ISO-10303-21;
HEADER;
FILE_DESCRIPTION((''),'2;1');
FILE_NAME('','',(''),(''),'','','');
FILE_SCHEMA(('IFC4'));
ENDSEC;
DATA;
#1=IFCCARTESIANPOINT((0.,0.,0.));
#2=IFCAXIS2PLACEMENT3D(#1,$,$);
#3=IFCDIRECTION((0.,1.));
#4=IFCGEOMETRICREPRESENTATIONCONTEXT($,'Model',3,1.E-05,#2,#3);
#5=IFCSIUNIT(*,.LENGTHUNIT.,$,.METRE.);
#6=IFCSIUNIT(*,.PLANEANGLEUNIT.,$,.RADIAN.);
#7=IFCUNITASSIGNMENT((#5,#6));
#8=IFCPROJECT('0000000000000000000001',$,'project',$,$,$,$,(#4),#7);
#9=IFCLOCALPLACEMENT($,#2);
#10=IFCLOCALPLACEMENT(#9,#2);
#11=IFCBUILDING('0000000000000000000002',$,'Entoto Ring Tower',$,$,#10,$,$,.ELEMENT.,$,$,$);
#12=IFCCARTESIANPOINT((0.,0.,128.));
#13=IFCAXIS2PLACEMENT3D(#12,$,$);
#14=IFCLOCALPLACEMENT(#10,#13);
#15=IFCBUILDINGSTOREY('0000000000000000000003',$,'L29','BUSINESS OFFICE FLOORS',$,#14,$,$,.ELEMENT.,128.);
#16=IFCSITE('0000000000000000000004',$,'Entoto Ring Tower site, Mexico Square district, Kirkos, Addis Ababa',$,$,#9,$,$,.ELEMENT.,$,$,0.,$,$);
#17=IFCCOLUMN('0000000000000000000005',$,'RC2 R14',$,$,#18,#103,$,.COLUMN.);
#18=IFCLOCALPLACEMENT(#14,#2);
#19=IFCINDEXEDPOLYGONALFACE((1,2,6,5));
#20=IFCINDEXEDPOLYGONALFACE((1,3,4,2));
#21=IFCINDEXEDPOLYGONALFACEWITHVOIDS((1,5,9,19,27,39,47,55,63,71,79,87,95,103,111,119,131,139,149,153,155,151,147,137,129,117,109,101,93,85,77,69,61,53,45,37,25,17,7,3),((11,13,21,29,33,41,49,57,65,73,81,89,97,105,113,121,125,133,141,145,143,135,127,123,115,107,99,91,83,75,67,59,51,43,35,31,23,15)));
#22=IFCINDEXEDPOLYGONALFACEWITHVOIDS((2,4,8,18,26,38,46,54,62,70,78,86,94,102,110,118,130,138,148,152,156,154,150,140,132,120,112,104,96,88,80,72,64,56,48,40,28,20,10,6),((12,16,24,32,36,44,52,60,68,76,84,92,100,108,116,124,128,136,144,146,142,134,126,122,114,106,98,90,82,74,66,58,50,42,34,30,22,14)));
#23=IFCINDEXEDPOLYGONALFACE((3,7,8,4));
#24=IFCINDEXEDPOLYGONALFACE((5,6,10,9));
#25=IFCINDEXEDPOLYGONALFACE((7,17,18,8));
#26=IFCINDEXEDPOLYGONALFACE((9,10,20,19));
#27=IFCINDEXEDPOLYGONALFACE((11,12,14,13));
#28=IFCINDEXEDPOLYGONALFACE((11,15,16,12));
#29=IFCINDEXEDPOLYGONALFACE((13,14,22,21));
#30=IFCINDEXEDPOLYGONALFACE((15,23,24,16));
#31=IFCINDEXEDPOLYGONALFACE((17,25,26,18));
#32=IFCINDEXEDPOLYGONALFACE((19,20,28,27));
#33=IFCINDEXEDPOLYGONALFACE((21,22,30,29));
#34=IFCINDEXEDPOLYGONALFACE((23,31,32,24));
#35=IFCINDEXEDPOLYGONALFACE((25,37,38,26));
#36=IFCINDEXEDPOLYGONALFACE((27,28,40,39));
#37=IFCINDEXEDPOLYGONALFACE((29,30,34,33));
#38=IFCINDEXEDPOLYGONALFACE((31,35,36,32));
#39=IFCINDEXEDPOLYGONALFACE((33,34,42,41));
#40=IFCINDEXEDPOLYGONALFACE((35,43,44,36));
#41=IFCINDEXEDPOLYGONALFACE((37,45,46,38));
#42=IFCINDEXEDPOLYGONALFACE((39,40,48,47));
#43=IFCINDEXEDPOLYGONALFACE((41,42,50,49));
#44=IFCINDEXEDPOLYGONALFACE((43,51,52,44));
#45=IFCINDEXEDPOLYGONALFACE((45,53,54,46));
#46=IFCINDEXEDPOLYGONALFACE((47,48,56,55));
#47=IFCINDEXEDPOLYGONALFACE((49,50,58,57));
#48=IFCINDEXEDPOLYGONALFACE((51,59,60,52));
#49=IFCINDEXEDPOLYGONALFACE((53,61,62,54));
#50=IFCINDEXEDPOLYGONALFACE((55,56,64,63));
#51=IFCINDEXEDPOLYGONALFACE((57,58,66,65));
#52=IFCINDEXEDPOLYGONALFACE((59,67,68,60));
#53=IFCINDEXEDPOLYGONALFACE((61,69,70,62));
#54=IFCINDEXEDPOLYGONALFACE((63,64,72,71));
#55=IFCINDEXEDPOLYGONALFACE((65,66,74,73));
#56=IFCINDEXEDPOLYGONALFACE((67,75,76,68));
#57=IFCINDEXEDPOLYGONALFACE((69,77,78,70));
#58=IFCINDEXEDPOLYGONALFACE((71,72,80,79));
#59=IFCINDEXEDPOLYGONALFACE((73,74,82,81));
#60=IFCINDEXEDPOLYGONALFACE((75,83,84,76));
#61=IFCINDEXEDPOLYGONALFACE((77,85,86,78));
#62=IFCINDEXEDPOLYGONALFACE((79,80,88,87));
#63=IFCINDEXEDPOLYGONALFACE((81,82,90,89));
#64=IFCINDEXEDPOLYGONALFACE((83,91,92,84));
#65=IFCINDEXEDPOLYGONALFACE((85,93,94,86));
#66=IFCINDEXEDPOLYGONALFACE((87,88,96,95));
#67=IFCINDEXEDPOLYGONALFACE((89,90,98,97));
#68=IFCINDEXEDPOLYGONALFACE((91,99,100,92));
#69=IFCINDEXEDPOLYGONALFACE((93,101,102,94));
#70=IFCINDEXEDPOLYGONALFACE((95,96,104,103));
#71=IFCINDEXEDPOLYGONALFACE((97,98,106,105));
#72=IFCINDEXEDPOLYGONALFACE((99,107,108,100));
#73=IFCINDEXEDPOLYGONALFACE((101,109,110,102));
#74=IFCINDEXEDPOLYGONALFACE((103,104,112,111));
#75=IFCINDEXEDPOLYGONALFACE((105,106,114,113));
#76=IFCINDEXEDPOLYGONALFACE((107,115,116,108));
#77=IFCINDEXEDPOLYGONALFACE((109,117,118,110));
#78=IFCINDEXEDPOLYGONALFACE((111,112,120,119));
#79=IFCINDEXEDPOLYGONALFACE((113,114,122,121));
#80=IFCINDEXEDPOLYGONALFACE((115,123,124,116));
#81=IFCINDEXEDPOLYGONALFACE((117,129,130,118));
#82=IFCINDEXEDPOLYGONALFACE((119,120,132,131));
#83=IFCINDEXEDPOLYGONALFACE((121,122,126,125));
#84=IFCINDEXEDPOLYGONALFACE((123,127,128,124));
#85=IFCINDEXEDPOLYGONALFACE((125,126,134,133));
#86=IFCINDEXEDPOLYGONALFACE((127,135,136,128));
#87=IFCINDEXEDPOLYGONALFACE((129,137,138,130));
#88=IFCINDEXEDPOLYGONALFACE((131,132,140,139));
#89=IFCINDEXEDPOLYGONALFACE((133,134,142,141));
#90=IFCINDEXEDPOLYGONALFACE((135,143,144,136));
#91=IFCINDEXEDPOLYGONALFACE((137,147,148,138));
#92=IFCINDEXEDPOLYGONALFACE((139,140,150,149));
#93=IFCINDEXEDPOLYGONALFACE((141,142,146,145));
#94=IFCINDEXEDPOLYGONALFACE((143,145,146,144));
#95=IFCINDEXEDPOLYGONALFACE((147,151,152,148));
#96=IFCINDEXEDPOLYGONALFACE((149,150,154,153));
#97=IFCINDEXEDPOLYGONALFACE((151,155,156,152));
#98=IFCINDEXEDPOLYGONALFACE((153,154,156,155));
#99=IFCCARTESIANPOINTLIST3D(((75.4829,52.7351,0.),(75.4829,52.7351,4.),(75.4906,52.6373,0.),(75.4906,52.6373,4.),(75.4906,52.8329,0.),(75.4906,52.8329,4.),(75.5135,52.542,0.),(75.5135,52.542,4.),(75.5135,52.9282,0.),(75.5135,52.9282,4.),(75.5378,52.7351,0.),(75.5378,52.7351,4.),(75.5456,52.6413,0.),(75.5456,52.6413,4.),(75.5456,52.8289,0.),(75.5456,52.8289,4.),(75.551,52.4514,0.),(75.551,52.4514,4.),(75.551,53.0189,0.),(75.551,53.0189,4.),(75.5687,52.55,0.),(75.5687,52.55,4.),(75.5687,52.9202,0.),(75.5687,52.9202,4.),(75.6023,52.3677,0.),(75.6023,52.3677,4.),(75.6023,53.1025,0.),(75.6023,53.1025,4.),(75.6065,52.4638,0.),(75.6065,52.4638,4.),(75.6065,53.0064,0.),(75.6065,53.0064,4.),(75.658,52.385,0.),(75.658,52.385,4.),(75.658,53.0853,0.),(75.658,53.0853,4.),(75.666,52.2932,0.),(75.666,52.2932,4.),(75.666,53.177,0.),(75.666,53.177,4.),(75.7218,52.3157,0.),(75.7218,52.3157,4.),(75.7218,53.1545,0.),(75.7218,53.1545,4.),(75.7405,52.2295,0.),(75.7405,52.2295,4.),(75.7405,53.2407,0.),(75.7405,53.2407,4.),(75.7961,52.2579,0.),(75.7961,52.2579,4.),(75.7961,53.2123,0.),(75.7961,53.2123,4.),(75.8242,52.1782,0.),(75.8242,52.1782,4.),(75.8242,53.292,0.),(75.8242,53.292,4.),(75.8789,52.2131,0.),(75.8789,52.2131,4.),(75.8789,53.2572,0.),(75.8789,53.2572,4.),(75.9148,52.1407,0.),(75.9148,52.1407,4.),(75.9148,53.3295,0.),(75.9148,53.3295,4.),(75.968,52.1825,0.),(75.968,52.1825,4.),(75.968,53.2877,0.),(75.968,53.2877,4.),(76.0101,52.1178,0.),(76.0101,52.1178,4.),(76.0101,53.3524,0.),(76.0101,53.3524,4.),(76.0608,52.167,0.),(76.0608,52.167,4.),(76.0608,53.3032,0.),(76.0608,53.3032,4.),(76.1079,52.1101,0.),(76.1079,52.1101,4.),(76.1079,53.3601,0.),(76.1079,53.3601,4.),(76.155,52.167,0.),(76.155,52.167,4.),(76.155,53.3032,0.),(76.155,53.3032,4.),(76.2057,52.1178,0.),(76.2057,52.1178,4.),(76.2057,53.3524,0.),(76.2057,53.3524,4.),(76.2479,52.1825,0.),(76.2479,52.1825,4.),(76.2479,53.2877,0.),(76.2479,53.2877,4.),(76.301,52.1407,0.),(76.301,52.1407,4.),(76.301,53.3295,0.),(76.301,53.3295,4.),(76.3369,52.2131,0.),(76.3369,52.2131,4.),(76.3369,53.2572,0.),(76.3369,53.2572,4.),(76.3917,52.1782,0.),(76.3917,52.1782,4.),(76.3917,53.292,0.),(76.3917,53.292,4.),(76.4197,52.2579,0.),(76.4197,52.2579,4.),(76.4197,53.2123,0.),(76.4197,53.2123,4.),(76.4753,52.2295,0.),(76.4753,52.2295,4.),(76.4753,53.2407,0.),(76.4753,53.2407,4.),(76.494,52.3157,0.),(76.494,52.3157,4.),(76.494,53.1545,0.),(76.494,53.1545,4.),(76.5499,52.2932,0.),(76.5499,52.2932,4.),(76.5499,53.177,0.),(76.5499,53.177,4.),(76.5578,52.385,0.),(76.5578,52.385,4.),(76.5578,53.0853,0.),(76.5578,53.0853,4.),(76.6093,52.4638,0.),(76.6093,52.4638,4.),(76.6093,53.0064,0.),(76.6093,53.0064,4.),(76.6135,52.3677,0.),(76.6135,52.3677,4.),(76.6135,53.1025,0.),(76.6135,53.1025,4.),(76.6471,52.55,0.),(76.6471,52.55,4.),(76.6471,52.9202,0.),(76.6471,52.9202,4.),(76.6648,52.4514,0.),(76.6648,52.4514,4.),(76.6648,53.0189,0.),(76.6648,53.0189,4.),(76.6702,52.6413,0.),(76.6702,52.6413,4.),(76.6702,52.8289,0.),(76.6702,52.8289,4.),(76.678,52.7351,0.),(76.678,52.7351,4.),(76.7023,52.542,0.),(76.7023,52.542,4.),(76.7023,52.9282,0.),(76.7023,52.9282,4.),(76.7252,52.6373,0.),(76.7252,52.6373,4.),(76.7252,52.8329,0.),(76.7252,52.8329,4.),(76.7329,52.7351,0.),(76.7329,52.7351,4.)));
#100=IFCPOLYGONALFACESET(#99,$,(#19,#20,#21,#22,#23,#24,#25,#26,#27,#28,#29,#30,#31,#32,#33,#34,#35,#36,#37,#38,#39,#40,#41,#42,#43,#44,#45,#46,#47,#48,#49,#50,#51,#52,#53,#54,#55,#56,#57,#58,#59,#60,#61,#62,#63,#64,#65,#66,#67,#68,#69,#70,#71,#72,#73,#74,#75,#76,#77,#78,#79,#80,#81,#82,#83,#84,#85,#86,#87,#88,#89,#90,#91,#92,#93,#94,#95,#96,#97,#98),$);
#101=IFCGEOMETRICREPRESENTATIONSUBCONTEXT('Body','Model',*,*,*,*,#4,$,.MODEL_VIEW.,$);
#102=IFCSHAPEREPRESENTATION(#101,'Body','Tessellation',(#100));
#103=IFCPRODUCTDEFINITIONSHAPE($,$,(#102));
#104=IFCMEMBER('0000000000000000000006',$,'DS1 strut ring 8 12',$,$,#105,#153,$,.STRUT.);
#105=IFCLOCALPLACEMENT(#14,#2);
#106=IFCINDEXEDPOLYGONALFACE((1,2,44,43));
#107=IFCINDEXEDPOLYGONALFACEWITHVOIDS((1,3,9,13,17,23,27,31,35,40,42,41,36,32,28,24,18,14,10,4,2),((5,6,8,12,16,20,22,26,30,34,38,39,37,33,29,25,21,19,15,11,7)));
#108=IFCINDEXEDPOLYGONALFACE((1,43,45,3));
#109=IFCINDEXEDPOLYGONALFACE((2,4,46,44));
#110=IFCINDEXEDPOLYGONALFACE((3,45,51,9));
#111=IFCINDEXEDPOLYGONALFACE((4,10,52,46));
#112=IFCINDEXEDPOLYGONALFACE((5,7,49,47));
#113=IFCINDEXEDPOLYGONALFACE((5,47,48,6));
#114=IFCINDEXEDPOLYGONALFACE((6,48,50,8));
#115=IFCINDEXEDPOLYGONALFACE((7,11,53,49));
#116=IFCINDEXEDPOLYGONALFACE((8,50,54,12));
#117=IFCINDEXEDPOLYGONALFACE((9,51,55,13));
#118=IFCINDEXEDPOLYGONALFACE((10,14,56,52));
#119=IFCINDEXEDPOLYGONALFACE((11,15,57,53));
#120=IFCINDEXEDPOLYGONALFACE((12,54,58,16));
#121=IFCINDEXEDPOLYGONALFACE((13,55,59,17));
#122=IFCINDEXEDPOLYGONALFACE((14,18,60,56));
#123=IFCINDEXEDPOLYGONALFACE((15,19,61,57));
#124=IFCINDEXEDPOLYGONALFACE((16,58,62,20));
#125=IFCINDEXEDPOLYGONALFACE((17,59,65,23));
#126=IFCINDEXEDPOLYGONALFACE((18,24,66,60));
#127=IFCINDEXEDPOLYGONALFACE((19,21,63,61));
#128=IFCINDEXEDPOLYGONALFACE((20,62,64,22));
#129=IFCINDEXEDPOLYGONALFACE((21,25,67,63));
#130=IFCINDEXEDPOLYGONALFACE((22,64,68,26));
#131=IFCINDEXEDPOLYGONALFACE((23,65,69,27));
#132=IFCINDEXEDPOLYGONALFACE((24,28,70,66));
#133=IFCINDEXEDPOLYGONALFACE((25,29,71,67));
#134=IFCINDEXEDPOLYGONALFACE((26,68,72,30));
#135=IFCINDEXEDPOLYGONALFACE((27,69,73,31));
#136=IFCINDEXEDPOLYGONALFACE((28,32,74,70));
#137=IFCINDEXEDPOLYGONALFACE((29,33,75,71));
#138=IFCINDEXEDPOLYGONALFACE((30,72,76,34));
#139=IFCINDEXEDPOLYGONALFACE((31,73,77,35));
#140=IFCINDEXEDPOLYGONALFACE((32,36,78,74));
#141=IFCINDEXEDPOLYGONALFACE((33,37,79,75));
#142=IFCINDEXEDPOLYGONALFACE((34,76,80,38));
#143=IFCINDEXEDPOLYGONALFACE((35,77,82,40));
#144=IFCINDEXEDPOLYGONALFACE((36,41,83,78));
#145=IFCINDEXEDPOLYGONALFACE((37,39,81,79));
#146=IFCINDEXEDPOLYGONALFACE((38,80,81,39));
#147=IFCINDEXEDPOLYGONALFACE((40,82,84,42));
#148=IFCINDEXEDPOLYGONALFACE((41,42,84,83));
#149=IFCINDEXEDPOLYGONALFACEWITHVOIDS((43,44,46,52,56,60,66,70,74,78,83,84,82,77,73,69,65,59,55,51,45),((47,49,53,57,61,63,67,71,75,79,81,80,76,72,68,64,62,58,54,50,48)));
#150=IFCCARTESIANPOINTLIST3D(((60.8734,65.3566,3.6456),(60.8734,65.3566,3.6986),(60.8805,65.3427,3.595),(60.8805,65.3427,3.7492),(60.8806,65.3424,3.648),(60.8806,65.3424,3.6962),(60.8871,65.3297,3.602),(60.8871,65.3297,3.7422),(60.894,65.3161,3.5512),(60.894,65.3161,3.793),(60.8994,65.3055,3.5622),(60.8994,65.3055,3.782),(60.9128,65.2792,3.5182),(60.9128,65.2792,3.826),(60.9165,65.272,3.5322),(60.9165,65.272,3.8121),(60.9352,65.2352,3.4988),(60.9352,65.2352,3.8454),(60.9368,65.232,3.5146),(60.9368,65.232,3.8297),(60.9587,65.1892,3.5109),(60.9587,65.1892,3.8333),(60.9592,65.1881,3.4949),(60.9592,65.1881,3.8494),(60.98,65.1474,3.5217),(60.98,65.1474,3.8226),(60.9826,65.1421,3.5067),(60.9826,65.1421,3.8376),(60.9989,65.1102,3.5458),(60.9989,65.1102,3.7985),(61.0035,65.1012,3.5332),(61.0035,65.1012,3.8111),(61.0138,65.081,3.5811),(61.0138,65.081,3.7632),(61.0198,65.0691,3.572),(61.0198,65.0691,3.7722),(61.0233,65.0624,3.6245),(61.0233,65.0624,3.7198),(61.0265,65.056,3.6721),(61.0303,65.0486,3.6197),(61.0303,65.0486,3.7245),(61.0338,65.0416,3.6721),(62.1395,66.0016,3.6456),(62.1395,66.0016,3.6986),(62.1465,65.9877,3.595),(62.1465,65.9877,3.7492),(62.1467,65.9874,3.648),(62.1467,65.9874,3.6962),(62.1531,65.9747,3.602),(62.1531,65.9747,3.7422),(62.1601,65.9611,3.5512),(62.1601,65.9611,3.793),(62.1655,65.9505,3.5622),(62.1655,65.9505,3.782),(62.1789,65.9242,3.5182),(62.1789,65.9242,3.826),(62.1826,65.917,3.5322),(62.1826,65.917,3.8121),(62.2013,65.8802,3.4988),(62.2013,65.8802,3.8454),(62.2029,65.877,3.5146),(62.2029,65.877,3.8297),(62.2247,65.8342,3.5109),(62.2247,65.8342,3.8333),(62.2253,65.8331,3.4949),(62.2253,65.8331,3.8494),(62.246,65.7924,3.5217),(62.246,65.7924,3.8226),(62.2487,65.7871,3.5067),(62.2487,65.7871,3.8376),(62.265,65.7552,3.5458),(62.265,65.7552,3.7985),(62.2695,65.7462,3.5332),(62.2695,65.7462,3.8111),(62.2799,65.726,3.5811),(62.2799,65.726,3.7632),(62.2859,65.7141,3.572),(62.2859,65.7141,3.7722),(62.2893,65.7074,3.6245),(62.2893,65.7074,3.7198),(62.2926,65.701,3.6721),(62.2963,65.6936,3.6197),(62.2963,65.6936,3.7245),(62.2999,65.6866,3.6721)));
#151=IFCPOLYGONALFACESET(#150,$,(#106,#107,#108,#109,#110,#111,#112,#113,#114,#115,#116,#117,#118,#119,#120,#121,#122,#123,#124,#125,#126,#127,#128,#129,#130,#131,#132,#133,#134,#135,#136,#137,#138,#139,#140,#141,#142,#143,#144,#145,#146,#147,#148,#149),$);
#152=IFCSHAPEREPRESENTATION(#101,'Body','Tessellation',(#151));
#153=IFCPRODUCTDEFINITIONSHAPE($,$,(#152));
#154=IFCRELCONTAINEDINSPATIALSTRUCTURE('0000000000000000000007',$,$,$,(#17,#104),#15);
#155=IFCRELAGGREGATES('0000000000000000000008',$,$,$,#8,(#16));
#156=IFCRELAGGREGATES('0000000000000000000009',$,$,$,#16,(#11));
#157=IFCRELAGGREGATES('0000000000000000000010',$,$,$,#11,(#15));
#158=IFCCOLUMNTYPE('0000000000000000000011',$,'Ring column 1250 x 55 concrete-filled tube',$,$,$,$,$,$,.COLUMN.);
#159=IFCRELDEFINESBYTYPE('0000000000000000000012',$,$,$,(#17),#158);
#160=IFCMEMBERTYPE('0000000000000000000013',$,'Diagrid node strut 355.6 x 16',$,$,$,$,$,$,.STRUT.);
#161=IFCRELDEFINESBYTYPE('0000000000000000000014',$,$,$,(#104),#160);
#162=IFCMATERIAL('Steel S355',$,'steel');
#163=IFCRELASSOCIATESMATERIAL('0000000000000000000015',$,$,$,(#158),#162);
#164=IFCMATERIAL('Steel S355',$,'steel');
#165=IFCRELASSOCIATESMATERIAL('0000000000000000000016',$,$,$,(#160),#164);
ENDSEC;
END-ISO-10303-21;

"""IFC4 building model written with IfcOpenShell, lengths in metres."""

from ifc_helpers import new_model, si_unit, direction, frame, origin, origin_2d, place, context, subcontext, project, spatial, circle, hollow_circle, extrude, material, material_profile, profile_set, type_object, element, save


model = new_model("IFC4")

# Units and contexts
model_context = context("Model", 3, precision=1e-05, world=origin(), true_north=direction((0.0, 1.0)))
body_context = subcontext(model_context, "Body", "Model", "MODEL_VIEW")
ifc_project = project(units=[si_unit("LENGTHUNIT", "METRE"), si_unit("PLANEANGLEUNIT", "RADIAN")], contexts=[model_context])

# Site, building, storey
site_placement = place(None, origin())
site = spatial("IfcSite", under=ifc_project, at=site_placement, Name="Entoto Ring Tower site, Mexico Square district, Kirkos, Addis Ababa", CompositionType="ELEMENT", RefElevation=0.0)
building_placement = place(site_placement, origin())
building = spatial("IfcBuilding", under=site, at=building_placement, Name="Entoto Ring Tower", CompositionType="ELEMENT")
storey_placement = place(building_placement, frame((0.0, 0.0, 128.0)))
storey = spatial("IfcBuildingStorey", under=building, at=storey_placement, Name="L29", Description="BUSINESS OFFICE FLOORS", CompositionType="ELEMENT", Elevation=128.0)

# Column
ifc_material_1 = material(Name="Steel S355", Category="steel")
ifc_material_profile_1 = material_profile(ifc_material_1, hollow_circle(Radius=0.625, WallThickness=0.0549, at=origin_2d()), Name="CHS 1250 x 55")
ifc_material_2 = material(Name="Concrete C60/75", Category="concrete")
ifc_material_profile_2 = material_profile(ifc_material_2, circle(Radius=0.5701, at=origin_2d()), Name="Concrete C60/75 infill")
ifc_profile_set_1 = profile_set([ifc_material_profile_1, ifc_material_profile_2], Name="Steel S355")
column_type = type_object("IfcColumnType", Name="Ring column 1250 x 55 concrete-filled tube", PredefinedType="COLUMN", material=ifc_profile_set_1)
for number, where, z_axis, x_axis, name in (
    (1, (76.1079, 52.7351, 0.0), (0.0, 0.0, 1.0), (1.0, 0.0, 0.0), "RC2 R14"),
):
    element("IfcColumn", number, at=place(storey_placement, frame(where, z_axis=z_axis, x_axis=x_axis)), inside=storey, type_object=column_type, Name=name, PredefinedType="COLUMN", context=body_context, shape_type="SweptSolid", body=[
        extrude(hollow_circle(Radius=0.625, WallThickness=0.0549, at=origin_2d()), origin(), (0.0, 0.0, 1.0), 4.0),
    ])

# Member
ifc_material_3 = material(Name="Steel S355", Category="steel")
ifc_material_profile_3 = material_profile(ifc_material_3, hollow_circle(Radius=0.1777, WallThickness=0.0161, at=origin_2d()), Name="CHS 355.6 x 16")
ifc_material_4 = material(Name="Concrete C60/75", Category="concrete")
ifc_material_profile_4 = material_profile(ifc_material_4, circle(Radius=0.1619, at=origin_2d()), Name="Concrete C60/75 infill")
ifc_profile_set_2 = profile_set([ifc_material_profile_3, ifc_material_profile_4], Name="Steel S355")
member_type = type_object("IfcMemberType", Name="Diagrid node strut 355.6 x 16", PredefinedType="STRUT", material=ifc_profile_set_2)
member_1_placement = place(storey_placement, frame((62.2192, 65.845, 3.6721), z_axis=(-0.891034, -0.453936, 0.0), x_axis=(0.453936, -0.891034, 0.0)))
element("IfcMember", 2, at=member_1_placement, inside=storey, type_object=member_type, Name="DS1 strut ring 8 12", PredefinedType="STRUT", context=body_context, shape_type="SweptSolid", body=[
    extrude(hollow_circle(Radius=0.1777, WallThickness=0.0161, at=origin_2d()), origin(), (0.0, 0.0, 1.0), 1.4209),
])

save(model, "model.ifc")
